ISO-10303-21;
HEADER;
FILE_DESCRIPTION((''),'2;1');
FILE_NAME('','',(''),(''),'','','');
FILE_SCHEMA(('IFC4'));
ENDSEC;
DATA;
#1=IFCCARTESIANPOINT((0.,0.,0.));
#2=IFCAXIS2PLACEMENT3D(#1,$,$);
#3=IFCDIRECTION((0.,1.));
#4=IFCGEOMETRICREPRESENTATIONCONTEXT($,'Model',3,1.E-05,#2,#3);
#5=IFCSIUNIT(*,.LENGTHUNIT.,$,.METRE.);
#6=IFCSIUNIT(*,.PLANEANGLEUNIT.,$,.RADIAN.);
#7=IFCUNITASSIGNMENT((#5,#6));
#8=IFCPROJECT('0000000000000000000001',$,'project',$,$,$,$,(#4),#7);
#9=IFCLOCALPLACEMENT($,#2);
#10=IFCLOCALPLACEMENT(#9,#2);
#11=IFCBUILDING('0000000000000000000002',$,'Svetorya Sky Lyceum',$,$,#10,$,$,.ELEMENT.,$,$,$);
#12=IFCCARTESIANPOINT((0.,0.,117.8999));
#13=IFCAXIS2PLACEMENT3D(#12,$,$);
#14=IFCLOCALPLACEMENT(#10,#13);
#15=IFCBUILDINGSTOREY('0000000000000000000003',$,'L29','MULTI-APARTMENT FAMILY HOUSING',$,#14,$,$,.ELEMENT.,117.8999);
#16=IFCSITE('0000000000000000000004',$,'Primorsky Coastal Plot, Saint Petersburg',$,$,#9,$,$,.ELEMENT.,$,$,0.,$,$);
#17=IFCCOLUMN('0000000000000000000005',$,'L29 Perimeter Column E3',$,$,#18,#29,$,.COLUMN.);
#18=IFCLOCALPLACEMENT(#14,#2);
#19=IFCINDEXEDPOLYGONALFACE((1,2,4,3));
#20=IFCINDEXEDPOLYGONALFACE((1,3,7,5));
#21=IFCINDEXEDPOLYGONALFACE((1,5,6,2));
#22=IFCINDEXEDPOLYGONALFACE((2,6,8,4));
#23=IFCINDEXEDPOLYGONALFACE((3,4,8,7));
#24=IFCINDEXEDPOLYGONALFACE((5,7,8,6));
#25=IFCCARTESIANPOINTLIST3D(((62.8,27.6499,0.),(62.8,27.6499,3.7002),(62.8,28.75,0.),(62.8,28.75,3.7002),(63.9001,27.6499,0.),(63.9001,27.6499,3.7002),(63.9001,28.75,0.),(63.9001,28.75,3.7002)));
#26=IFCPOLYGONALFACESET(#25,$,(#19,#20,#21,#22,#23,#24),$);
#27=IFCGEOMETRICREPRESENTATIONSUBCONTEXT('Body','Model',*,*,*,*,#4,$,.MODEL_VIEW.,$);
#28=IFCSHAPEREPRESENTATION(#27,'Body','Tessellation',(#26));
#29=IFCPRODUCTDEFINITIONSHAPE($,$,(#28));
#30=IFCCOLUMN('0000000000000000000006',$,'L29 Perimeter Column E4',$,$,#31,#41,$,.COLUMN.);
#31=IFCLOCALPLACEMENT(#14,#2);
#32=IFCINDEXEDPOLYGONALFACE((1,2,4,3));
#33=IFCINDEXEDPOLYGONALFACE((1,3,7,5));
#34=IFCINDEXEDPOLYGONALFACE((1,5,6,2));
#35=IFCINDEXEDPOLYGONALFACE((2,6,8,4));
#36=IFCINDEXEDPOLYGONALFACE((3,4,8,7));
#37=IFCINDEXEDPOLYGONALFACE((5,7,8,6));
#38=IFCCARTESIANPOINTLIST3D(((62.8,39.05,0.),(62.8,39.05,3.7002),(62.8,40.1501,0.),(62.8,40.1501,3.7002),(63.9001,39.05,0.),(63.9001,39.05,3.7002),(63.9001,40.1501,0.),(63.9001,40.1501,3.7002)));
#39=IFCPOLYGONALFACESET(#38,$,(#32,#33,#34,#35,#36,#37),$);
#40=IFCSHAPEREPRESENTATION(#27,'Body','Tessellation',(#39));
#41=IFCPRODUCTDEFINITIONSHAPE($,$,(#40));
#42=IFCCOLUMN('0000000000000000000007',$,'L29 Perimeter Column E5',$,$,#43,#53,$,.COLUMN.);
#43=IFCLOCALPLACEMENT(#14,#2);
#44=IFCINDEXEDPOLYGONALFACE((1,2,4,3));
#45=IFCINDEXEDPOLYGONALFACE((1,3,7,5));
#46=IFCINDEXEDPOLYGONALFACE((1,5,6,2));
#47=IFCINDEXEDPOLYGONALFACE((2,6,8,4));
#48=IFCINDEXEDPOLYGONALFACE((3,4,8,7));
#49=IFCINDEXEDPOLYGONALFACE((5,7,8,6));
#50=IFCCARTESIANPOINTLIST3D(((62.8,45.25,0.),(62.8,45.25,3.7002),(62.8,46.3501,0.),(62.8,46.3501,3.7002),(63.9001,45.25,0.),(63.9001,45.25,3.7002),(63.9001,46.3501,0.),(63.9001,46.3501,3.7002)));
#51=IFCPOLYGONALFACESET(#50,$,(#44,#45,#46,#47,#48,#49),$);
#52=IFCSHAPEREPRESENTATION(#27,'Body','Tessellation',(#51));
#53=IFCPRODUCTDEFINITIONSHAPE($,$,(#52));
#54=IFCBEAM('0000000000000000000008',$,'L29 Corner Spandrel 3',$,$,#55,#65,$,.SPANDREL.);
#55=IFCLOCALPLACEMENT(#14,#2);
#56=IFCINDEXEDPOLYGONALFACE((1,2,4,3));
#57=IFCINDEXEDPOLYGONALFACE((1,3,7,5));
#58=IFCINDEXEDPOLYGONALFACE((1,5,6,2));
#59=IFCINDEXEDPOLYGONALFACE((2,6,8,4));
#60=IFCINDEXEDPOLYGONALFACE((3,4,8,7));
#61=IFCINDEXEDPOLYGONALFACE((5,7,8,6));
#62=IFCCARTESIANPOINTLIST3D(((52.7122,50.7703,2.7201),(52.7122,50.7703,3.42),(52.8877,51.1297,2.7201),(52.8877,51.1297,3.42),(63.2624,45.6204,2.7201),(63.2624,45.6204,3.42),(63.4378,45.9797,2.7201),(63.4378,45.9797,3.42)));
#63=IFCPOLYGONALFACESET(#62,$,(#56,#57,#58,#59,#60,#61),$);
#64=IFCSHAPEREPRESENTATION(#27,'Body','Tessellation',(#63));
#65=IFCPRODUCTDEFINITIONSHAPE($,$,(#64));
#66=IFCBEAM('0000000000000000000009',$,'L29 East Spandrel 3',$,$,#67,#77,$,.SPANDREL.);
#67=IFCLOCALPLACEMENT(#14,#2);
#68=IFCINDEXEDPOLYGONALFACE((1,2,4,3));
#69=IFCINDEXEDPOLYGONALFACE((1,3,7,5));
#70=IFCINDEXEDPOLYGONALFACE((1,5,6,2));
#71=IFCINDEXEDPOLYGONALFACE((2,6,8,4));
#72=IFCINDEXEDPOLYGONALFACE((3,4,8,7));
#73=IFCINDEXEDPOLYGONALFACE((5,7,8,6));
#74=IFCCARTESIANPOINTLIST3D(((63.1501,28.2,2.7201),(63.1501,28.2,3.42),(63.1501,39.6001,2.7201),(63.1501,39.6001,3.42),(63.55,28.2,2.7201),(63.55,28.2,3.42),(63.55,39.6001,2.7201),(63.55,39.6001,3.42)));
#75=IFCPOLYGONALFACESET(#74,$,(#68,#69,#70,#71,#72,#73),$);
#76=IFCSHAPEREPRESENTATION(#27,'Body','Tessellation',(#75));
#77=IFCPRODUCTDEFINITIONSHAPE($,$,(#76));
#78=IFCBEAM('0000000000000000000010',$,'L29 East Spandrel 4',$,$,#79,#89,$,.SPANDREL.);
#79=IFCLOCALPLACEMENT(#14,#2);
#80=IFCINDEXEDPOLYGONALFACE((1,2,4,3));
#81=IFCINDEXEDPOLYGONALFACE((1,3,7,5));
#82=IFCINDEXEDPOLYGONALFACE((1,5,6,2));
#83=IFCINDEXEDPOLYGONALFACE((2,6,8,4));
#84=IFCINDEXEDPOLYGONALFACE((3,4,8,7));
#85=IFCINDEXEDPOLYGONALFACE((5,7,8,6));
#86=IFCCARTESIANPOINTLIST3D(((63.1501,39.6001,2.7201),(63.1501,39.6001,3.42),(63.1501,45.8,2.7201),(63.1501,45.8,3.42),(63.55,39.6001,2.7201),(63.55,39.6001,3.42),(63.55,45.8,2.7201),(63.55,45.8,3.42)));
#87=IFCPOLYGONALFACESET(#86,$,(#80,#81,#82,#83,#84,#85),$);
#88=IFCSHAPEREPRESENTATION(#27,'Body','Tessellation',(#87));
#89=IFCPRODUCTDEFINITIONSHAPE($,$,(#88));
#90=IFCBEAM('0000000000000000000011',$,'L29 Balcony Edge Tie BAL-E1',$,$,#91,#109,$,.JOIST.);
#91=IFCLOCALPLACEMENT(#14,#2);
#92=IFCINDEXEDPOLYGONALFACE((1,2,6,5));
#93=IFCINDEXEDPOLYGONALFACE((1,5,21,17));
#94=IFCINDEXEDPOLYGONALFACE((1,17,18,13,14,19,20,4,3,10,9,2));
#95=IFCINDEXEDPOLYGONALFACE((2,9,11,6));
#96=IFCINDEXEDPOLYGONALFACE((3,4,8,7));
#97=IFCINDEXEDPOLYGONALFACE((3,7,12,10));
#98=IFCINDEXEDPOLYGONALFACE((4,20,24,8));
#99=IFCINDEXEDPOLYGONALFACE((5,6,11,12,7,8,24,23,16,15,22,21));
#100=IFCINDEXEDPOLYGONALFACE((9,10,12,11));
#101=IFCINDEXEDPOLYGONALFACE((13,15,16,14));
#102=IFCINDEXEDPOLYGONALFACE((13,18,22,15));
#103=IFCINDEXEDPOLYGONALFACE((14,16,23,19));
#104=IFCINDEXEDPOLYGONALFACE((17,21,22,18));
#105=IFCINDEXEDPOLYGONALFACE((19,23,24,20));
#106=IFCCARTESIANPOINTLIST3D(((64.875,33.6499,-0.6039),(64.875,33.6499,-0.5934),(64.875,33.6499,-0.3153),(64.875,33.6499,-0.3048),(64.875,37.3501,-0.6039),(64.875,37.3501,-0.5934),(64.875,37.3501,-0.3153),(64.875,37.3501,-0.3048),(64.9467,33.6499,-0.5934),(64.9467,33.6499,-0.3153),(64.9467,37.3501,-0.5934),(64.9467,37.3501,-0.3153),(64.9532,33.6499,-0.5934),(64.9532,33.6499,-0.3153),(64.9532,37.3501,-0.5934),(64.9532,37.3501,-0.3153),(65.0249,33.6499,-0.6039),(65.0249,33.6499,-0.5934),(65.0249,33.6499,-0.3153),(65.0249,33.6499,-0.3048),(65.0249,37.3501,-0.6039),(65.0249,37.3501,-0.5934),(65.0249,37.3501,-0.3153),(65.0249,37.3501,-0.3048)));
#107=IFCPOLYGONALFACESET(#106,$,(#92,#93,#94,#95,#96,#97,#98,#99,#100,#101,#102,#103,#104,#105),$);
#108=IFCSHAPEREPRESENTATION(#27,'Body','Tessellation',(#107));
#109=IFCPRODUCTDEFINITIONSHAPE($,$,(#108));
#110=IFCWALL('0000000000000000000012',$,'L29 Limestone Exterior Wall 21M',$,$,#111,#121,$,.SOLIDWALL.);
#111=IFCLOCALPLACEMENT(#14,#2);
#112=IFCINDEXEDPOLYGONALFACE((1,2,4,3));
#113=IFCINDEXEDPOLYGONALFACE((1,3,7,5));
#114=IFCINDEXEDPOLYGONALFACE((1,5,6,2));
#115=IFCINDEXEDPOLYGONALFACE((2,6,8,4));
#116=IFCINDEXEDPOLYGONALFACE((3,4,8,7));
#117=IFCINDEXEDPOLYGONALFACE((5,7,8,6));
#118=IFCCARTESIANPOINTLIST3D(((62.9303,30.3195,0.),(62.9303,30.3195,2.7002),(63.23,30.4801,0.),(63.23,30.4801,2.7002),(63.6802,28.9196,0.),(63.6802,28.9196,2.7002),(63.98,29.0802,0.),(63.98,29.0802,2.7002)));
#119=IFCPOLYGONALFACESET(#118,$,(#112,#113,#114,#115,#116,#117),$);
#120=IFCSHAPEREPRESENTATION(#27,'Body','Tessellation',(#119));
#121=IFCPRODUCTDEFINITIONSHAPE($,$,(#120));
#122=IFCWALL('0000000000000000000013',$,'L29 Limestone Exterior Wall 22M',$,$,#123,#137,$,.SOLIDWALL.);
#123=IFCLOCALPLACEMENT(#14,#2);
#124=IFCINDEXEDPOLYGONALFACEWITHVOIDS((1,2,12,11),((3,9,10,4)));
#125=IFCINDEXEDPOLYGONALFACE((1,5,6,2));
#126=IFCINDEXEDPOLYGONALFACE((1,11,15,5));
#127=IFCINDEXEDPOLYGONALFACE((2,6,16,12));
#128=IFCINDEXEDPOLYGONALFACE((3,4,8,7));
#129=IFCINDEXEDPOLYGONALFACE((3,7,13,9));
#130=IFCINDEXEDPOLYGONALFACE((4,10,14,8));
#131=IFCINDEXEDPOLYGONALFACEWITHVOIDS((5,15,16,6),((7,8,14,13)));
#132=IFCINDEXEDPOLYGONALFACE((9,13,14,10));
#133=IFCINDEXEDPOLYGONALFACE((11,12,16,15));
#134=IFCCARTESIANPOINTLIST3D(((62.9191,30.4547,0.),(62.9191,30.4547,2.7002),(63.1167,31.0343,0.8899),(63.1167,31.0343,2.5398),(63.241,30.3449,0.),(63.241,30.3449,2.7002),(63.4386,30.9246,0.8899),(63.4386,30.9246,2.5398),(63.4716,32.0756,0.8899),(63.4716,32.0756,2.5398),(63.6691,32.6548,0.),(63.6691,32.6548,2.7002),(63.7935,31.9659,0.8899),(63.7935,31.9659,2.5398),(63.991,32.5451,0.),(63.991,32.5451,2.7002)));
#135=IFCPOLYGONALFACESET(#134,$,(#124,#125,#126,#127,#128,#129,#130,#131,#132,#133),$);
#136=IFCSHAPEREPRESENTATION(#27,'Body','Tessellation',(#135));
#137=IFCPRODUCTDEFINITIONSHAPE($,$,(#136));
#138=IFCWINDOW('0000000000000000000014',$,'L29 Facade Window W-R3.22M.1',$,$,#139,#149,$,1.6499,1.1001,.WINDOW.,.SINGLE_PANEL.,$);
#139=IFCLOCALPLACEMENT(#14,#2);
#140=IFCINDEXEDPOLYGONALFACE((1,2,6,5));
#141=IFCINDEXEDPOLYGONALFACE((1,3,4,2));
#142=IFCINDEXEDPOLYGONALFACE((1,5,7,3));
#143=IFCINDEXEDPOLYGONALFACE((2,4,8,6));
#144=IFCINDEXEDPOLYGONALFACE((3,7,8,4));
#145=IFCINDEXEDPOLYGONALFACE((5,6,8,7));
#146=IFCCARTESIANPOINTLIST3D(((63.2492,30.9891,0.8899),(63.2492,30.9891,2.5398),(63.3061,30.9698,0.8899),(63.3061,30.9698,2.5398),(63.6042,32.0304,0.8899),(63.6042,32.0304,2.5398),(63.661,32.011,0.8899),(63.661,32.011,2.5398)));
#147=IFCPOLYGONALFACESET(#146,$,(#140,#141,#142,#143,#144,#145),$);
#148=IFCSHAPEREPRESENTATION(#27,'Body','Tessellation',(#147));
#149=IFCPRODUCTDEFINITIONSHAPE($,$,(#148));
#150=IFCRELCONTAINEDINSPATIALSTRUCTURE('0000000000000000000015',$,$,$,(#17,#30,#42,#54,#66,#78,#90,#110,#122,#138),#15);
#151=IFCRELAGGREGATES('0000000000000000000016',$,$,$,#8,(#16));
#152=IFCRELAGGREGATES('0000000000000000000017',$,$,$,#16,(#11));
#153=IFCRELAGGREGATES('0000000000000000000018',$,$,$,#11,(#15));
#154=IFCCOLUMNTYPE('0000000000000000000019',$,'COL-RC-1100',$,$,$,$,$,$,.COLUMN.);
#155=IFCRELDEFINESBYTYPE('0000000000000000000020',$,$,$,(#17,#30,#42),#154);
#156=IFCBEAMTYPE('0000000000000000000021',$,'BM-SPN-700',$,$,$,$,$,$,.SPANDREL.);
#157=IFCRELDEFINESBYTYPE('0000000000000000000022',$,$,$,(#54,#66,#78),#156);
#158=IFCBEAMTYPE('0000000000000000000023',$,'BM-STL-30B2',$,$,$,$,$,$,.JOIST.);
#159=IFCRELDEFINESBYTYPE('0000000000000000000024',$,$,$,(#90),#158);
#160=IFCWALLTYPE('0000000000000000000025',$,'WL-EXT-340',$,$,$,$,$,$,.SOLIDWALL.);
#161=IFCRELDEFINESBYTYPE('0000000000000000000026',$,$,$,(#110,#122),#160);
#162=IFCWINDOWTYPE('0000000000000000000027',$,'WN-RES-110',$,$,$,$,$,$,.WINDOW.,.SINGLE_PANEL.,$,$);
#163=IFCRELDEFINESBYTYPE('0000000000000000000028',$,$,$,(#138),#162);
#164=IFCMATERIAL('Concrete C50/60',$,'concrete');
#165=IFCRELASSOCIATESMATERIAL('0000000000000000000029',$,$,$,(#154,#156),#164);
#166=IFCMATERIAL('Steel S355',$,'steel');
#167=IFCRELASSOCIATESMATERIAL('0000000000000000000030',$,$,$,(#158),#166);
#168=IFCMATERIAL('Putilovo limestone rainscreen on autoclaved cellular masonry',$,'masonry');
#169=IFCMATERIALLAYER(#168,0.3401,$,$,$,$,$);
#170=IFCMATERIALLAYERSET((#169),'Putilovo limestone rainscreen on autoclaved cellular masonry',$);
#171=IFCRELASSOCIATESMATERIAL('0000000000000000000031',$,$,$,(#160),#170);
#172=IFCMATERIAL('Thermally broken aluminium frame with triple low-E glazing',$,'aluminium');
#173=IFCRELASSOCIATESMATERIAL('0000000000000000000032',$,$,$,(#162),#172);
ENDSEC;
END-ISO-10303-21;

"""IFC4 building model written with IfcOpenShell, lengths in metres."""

from ifc_helpers import new_model, si_unit, direction, frame, frame_2d, origin, origin_2d, place, context, subcontext, project, spatial, rectangle, i_section, extrude, material, layer, layer_set, material_profile, profile_set, type_object, element, fill, save


model = new_model("IFC4")

# Units and contexts
model_context = context("Model", 3, precision=1e-05, world=origin(), true_north=direction((0.0, 1.0)))
body_context = subcontext(model_context, "Body", "Model", "MODEL_VIEW")
ifc_project = project(units=[si_unit("LENGTHUNIT", "METRE"), si_unit("PLANEANGLEUNIT", "RADIAN")], contexts=[model_context])

# Site, building, storey
site_placement = place(None, origin())
site = spatial("IfcSite", under=ifc_project, at=site_placement, Name="Primorsky Coastal Plot, Saint Petersburg", CompositionType="ELEMENT", RefElevation=0.0)
building_placement = place(site_placement, origin())
building = spatial("IfcBuilding", under=site, at=building_placement, Name="Svetorya Sky Lyceum", CompositionType="ELEMENT")
storey_placement = place(building_placement, frame((0.0, 0.0, 117.8999)))
storey = spatial("IfcBuildingStorey", under=building, at=storey_placement, Name="L29", Description="MULTI-APARTMENT FAMILY HOUSING", CompositionType="ELEMENT", Elevation=117.8999)

# Columns
ifc_material_1 = material(Name="Concrete C50/60", Category="concrete")
ifc_material_profile_1 = material_profile(ifc_material_1, rectangle(XDim=1.1001, YDim=1.1001, at=origin_2d()), Name="RC COL 1100x1100")
ifc_profile_set_1 = profile_set([ifc_material_profile_1], Name="Concrete C50/60")
column_type = type_object("IfcColumnType", Name="COL-RC-1100", PredefinedType="COLUMN", material=ifc_profile_set_1)
for number, where, z_axis, x_axis, name in (
    (1, (63.3501, 28.2, 0.0), (0.0, 0.0, 1.0), (1.0, 0.0, 0.0), "L29 Perimeter Column E3"),
    (2, (63.3501, 39.6001, 0.0), (0.0, 0.0, 1.0), (1.0, 0.0, 0.0), "L29 Perimeter Column E4"),
    (3, (63.3501, 45.8, 0.0), (0.0, 0.0, 1.0), (1.0, 0.0, 0.0), "L29 Perimeter Column E5"),
):
    element("IfcColumn", number, at=place(storey_placement, frame(where, z_axis=z_axis, x_axis=x_axis)), inside=storey, type_object=column_type, Name=name, PredefinedType="COLUMN", context=body_context, shape_type="SweptSolid", body=[
        extrude(rectangle(XDim=1.1001, YDim=1.1001, at=origin_2d()), origin(), (0.0, 0.0, 1.0), 3.7002),
    ])

# Beams
ifc_material_profile_2 = material_profile(ifc_material_1, rectangle(XDim=0.3999, YDim=0.7, at=origin_2d()), Name="RC SPANDREL 400x700")
ifc_profile_set_2 = profile_set([ifc_material_profile_2], Name="Concrete C50/60")
beam_type_1 = type_object("IfcBeamType", Name="BM-SPN-700", PredefinedType="SPANDREL", material=ifc_profile_set_2)
beam_1_placement = place(storey_placement, frame((63.3501, 45.8, 3.0701), z_axis=(-0.89865, 0.438667, 0.0), x_axis=(-0.438667, -0.89865, 0.0)))
element("IfcBeam", 4, at=beam_1_placement, inside=storey, type_object=beam_type_1, Name="L29 Corner Spandrel 3", PredefinedType="SPANDREL", context=body_context, shape_type="SweptSolid", body=[
    extrude(rectangle(XDim=0.3999, YDim=0.7, at=origin_2d()), origin(), (0.0, 0.0, 1.0), 11.74),
])
beam_2_placement = place(storey_placement, frame((63.3501, 28.2, 3.0701), z_axis=(0.0, 1.0, 0.0), x_axis=(-1.0, 0.0, 0.0)))
element("IfcBeam", 5, at=beam_2_placement, inside=storey, type_object=beam_type_1, Name="L29 East Spandrel 3", PredefinedType="SPANDREL", context=body_context, shape_type="SweptSolid", body=[
    extrude(rectangle(XDim=0.3999, YDim=0.7, at=origin_2d()), origin(), (0.0, 0.0, 1.0), 11.4001),
])
beam_3_placement = place(storey_placement, frame((63.3501, 39.6001, 3.0701), z_axis=(0.0, 1.0, 0.0), x_axis=(-1.0, 0.0, 0.0)))
element("IfcBeam", 6, at=beam_3_placement, inside=storey, type_object=beam_type_1, Name="L29 East Spandrel 4", PredefinedType="SPANDREL", context=body_context, shape_type="SweptSolid", body=[
    extrude(rectangle(XDim=0.3999, YDim=0.7, at=origin_2d()), origin(), (0.0, 0.0, 1.0), 6.2),
])
ifc_material_2 = material(Name="Steel S355", Category="steel")
ifc_material_profile_3 = material_profile(ifc_material_2, i_section(OverallWidth=0.1499, OverallDepth=0.2991, WebThickness=0.0066, FlangeThickness=0.0105, at=origin_2d()), Name="GOST 30B2")
ifc_profile_set_3 = profile_set([ifc_material_profile_3], Name="Steel S355")
beam_type_2 = type_object("IfcBeamType", Name="BM-STL-30B2", PredefinedType="JOIST", material=ifc_profile_set_3)
beam_4_placement = place(storey_placement, frame((64.95, 33.6499, -0.4543), z_axis=(0.0, 1.0, 0.0), x_axis=(-1.0, 0.0, 0.0)))
element("IfcBeam", 7, at=beam_4_placement, inside=storey, type_object=beam_type_2, Name="L29 Balcony Edge Tie BAL-E1", PredefinedType="JOIST", context=body_context, shape_type="SweptSolid", body=[
    extrude(i_section(OverallWidth=0.1499, OverallDepth=0.2991, WebThickness=0.0066, FlangeThickness=0.0105, at=origin_2d()), origin(), (0.0, 0.0, 1.0), 3.7002),
])

# Wall
ifc_material_3 = material(Name="Putilovo limestone rainscreen on autoclaved cellular masonry", Category="masonry")
ifc_layer_1 = layer(ifc_material_3, 0.3401)
ifc_layer_set_1 = layer_set([ifc_layer_1], Name="Putilovo limestone rainscreen on autoclaved cellular masonry")
wall_type_1 = type_object("IfcWallType", Name="WL-EXT-340", PredefinedType="SOLIDWALL", material=ifc_layer_set_1)
wall_1_placement = place(storey_placement, frame((63.8301, 29.0, 0.0), z_axis=(0.0, 0.0, 1.0), x_axis=(-0.472247, 0.881466, 0.0)))
element("IfcWall", 8, at=wall_1_placement, inside=storey, type_object=wall_type_1, Name="L29 Limestone Exterior Wall 21M", PredefinedType="SOLIDWALL", context=body_context, shape_type="SweptSolid", body=[
    extrude(rectangle(XDim=1.5881, YDim=0.3401, at=frame_2d((0.7939, 0.0))), origin(), (0.0, 0.0, 1.0), 2.7002),
])

# Wall, opening, window
wall_2_placement = place(storey_placement, frame((63.0801, 30.3999, 0.0), z_axis=(0.0, 0.0, 1.0), x_axis=(0.322648, 0.946519, 0.0)))
wall_2 = element("IfcWall", 9, at=wall_2_placement, inside=storey, type_object=wall_type_1, Name="L29 Limestone Exterior Wall 22M", PredefinedType="SOLIDWALL", context=body_context, shape_type="SweptSolid", body=[
    extrude(rectangle(XDim=2.3245, YDim=0.3401, at=frame_2d((1.1621, 0.0))), origin(), (0.0, 0.0, 1.0), 2.7002),
])
opening_1_placement = place(wall_2_placement, frame((0.6123, 0.0, 0.8899)))
opening_1 = element("IfcOpeningElement", 10, at=opening_1_placement, cuts=wall_2, PredefinedType="OPENING", context=body_context, shape_type="SweptSolid", body=[
    extrude(rectangle(XDim=1.1001, YDim=1.6499, at=frame_2d((0.55, 0.825))), frame((0.0, 0.1799, 0.0), z_axis=(0.0, -1.0, 0.0), x_axis=(1.0, 0.0, 0.0)), (0.0, 0.0, 1.0), 0.3601),
])
ifc_material_4 = material(Name="Thermally broken aluminium frame with triple low-E glazing", Category="aluminium")
window_type_1 = type_object("IfcWindowType", Name="WN-RES-110", PartitioningType="SINGLE_PANEL", PredefinedType="WINDOW", material=ifc_material_4)
window_1_placement = place(opening_1_placement, origin())
window_1 = element("IfcWindow", 11, at=window_1_placement, inside=storey, type_object=window_type_1, Name="L29 Facade Window W-R3.22M.1", OverallHeight=1.6499, OverallWidth=1.1001, PartitioningType="SINGLE_PANEL", PredefinedType="WINDOW", context=body_context, shape_type="SweptSolid", body=[
    extrude(rectangle(XDim=1.1001, YDim=1.6499, at=frame_2d((0.55, 0.825))), frame((0.0, 0.03, 0.0), z_axis=(0.0, -1.0, 0.0), x_axis=(1.0, 0.0, 0.0)), (0.0, 0.0, 1.0), 0.0601),
])
fill(opening_1, window_1)

save(model, "model.ifc")
